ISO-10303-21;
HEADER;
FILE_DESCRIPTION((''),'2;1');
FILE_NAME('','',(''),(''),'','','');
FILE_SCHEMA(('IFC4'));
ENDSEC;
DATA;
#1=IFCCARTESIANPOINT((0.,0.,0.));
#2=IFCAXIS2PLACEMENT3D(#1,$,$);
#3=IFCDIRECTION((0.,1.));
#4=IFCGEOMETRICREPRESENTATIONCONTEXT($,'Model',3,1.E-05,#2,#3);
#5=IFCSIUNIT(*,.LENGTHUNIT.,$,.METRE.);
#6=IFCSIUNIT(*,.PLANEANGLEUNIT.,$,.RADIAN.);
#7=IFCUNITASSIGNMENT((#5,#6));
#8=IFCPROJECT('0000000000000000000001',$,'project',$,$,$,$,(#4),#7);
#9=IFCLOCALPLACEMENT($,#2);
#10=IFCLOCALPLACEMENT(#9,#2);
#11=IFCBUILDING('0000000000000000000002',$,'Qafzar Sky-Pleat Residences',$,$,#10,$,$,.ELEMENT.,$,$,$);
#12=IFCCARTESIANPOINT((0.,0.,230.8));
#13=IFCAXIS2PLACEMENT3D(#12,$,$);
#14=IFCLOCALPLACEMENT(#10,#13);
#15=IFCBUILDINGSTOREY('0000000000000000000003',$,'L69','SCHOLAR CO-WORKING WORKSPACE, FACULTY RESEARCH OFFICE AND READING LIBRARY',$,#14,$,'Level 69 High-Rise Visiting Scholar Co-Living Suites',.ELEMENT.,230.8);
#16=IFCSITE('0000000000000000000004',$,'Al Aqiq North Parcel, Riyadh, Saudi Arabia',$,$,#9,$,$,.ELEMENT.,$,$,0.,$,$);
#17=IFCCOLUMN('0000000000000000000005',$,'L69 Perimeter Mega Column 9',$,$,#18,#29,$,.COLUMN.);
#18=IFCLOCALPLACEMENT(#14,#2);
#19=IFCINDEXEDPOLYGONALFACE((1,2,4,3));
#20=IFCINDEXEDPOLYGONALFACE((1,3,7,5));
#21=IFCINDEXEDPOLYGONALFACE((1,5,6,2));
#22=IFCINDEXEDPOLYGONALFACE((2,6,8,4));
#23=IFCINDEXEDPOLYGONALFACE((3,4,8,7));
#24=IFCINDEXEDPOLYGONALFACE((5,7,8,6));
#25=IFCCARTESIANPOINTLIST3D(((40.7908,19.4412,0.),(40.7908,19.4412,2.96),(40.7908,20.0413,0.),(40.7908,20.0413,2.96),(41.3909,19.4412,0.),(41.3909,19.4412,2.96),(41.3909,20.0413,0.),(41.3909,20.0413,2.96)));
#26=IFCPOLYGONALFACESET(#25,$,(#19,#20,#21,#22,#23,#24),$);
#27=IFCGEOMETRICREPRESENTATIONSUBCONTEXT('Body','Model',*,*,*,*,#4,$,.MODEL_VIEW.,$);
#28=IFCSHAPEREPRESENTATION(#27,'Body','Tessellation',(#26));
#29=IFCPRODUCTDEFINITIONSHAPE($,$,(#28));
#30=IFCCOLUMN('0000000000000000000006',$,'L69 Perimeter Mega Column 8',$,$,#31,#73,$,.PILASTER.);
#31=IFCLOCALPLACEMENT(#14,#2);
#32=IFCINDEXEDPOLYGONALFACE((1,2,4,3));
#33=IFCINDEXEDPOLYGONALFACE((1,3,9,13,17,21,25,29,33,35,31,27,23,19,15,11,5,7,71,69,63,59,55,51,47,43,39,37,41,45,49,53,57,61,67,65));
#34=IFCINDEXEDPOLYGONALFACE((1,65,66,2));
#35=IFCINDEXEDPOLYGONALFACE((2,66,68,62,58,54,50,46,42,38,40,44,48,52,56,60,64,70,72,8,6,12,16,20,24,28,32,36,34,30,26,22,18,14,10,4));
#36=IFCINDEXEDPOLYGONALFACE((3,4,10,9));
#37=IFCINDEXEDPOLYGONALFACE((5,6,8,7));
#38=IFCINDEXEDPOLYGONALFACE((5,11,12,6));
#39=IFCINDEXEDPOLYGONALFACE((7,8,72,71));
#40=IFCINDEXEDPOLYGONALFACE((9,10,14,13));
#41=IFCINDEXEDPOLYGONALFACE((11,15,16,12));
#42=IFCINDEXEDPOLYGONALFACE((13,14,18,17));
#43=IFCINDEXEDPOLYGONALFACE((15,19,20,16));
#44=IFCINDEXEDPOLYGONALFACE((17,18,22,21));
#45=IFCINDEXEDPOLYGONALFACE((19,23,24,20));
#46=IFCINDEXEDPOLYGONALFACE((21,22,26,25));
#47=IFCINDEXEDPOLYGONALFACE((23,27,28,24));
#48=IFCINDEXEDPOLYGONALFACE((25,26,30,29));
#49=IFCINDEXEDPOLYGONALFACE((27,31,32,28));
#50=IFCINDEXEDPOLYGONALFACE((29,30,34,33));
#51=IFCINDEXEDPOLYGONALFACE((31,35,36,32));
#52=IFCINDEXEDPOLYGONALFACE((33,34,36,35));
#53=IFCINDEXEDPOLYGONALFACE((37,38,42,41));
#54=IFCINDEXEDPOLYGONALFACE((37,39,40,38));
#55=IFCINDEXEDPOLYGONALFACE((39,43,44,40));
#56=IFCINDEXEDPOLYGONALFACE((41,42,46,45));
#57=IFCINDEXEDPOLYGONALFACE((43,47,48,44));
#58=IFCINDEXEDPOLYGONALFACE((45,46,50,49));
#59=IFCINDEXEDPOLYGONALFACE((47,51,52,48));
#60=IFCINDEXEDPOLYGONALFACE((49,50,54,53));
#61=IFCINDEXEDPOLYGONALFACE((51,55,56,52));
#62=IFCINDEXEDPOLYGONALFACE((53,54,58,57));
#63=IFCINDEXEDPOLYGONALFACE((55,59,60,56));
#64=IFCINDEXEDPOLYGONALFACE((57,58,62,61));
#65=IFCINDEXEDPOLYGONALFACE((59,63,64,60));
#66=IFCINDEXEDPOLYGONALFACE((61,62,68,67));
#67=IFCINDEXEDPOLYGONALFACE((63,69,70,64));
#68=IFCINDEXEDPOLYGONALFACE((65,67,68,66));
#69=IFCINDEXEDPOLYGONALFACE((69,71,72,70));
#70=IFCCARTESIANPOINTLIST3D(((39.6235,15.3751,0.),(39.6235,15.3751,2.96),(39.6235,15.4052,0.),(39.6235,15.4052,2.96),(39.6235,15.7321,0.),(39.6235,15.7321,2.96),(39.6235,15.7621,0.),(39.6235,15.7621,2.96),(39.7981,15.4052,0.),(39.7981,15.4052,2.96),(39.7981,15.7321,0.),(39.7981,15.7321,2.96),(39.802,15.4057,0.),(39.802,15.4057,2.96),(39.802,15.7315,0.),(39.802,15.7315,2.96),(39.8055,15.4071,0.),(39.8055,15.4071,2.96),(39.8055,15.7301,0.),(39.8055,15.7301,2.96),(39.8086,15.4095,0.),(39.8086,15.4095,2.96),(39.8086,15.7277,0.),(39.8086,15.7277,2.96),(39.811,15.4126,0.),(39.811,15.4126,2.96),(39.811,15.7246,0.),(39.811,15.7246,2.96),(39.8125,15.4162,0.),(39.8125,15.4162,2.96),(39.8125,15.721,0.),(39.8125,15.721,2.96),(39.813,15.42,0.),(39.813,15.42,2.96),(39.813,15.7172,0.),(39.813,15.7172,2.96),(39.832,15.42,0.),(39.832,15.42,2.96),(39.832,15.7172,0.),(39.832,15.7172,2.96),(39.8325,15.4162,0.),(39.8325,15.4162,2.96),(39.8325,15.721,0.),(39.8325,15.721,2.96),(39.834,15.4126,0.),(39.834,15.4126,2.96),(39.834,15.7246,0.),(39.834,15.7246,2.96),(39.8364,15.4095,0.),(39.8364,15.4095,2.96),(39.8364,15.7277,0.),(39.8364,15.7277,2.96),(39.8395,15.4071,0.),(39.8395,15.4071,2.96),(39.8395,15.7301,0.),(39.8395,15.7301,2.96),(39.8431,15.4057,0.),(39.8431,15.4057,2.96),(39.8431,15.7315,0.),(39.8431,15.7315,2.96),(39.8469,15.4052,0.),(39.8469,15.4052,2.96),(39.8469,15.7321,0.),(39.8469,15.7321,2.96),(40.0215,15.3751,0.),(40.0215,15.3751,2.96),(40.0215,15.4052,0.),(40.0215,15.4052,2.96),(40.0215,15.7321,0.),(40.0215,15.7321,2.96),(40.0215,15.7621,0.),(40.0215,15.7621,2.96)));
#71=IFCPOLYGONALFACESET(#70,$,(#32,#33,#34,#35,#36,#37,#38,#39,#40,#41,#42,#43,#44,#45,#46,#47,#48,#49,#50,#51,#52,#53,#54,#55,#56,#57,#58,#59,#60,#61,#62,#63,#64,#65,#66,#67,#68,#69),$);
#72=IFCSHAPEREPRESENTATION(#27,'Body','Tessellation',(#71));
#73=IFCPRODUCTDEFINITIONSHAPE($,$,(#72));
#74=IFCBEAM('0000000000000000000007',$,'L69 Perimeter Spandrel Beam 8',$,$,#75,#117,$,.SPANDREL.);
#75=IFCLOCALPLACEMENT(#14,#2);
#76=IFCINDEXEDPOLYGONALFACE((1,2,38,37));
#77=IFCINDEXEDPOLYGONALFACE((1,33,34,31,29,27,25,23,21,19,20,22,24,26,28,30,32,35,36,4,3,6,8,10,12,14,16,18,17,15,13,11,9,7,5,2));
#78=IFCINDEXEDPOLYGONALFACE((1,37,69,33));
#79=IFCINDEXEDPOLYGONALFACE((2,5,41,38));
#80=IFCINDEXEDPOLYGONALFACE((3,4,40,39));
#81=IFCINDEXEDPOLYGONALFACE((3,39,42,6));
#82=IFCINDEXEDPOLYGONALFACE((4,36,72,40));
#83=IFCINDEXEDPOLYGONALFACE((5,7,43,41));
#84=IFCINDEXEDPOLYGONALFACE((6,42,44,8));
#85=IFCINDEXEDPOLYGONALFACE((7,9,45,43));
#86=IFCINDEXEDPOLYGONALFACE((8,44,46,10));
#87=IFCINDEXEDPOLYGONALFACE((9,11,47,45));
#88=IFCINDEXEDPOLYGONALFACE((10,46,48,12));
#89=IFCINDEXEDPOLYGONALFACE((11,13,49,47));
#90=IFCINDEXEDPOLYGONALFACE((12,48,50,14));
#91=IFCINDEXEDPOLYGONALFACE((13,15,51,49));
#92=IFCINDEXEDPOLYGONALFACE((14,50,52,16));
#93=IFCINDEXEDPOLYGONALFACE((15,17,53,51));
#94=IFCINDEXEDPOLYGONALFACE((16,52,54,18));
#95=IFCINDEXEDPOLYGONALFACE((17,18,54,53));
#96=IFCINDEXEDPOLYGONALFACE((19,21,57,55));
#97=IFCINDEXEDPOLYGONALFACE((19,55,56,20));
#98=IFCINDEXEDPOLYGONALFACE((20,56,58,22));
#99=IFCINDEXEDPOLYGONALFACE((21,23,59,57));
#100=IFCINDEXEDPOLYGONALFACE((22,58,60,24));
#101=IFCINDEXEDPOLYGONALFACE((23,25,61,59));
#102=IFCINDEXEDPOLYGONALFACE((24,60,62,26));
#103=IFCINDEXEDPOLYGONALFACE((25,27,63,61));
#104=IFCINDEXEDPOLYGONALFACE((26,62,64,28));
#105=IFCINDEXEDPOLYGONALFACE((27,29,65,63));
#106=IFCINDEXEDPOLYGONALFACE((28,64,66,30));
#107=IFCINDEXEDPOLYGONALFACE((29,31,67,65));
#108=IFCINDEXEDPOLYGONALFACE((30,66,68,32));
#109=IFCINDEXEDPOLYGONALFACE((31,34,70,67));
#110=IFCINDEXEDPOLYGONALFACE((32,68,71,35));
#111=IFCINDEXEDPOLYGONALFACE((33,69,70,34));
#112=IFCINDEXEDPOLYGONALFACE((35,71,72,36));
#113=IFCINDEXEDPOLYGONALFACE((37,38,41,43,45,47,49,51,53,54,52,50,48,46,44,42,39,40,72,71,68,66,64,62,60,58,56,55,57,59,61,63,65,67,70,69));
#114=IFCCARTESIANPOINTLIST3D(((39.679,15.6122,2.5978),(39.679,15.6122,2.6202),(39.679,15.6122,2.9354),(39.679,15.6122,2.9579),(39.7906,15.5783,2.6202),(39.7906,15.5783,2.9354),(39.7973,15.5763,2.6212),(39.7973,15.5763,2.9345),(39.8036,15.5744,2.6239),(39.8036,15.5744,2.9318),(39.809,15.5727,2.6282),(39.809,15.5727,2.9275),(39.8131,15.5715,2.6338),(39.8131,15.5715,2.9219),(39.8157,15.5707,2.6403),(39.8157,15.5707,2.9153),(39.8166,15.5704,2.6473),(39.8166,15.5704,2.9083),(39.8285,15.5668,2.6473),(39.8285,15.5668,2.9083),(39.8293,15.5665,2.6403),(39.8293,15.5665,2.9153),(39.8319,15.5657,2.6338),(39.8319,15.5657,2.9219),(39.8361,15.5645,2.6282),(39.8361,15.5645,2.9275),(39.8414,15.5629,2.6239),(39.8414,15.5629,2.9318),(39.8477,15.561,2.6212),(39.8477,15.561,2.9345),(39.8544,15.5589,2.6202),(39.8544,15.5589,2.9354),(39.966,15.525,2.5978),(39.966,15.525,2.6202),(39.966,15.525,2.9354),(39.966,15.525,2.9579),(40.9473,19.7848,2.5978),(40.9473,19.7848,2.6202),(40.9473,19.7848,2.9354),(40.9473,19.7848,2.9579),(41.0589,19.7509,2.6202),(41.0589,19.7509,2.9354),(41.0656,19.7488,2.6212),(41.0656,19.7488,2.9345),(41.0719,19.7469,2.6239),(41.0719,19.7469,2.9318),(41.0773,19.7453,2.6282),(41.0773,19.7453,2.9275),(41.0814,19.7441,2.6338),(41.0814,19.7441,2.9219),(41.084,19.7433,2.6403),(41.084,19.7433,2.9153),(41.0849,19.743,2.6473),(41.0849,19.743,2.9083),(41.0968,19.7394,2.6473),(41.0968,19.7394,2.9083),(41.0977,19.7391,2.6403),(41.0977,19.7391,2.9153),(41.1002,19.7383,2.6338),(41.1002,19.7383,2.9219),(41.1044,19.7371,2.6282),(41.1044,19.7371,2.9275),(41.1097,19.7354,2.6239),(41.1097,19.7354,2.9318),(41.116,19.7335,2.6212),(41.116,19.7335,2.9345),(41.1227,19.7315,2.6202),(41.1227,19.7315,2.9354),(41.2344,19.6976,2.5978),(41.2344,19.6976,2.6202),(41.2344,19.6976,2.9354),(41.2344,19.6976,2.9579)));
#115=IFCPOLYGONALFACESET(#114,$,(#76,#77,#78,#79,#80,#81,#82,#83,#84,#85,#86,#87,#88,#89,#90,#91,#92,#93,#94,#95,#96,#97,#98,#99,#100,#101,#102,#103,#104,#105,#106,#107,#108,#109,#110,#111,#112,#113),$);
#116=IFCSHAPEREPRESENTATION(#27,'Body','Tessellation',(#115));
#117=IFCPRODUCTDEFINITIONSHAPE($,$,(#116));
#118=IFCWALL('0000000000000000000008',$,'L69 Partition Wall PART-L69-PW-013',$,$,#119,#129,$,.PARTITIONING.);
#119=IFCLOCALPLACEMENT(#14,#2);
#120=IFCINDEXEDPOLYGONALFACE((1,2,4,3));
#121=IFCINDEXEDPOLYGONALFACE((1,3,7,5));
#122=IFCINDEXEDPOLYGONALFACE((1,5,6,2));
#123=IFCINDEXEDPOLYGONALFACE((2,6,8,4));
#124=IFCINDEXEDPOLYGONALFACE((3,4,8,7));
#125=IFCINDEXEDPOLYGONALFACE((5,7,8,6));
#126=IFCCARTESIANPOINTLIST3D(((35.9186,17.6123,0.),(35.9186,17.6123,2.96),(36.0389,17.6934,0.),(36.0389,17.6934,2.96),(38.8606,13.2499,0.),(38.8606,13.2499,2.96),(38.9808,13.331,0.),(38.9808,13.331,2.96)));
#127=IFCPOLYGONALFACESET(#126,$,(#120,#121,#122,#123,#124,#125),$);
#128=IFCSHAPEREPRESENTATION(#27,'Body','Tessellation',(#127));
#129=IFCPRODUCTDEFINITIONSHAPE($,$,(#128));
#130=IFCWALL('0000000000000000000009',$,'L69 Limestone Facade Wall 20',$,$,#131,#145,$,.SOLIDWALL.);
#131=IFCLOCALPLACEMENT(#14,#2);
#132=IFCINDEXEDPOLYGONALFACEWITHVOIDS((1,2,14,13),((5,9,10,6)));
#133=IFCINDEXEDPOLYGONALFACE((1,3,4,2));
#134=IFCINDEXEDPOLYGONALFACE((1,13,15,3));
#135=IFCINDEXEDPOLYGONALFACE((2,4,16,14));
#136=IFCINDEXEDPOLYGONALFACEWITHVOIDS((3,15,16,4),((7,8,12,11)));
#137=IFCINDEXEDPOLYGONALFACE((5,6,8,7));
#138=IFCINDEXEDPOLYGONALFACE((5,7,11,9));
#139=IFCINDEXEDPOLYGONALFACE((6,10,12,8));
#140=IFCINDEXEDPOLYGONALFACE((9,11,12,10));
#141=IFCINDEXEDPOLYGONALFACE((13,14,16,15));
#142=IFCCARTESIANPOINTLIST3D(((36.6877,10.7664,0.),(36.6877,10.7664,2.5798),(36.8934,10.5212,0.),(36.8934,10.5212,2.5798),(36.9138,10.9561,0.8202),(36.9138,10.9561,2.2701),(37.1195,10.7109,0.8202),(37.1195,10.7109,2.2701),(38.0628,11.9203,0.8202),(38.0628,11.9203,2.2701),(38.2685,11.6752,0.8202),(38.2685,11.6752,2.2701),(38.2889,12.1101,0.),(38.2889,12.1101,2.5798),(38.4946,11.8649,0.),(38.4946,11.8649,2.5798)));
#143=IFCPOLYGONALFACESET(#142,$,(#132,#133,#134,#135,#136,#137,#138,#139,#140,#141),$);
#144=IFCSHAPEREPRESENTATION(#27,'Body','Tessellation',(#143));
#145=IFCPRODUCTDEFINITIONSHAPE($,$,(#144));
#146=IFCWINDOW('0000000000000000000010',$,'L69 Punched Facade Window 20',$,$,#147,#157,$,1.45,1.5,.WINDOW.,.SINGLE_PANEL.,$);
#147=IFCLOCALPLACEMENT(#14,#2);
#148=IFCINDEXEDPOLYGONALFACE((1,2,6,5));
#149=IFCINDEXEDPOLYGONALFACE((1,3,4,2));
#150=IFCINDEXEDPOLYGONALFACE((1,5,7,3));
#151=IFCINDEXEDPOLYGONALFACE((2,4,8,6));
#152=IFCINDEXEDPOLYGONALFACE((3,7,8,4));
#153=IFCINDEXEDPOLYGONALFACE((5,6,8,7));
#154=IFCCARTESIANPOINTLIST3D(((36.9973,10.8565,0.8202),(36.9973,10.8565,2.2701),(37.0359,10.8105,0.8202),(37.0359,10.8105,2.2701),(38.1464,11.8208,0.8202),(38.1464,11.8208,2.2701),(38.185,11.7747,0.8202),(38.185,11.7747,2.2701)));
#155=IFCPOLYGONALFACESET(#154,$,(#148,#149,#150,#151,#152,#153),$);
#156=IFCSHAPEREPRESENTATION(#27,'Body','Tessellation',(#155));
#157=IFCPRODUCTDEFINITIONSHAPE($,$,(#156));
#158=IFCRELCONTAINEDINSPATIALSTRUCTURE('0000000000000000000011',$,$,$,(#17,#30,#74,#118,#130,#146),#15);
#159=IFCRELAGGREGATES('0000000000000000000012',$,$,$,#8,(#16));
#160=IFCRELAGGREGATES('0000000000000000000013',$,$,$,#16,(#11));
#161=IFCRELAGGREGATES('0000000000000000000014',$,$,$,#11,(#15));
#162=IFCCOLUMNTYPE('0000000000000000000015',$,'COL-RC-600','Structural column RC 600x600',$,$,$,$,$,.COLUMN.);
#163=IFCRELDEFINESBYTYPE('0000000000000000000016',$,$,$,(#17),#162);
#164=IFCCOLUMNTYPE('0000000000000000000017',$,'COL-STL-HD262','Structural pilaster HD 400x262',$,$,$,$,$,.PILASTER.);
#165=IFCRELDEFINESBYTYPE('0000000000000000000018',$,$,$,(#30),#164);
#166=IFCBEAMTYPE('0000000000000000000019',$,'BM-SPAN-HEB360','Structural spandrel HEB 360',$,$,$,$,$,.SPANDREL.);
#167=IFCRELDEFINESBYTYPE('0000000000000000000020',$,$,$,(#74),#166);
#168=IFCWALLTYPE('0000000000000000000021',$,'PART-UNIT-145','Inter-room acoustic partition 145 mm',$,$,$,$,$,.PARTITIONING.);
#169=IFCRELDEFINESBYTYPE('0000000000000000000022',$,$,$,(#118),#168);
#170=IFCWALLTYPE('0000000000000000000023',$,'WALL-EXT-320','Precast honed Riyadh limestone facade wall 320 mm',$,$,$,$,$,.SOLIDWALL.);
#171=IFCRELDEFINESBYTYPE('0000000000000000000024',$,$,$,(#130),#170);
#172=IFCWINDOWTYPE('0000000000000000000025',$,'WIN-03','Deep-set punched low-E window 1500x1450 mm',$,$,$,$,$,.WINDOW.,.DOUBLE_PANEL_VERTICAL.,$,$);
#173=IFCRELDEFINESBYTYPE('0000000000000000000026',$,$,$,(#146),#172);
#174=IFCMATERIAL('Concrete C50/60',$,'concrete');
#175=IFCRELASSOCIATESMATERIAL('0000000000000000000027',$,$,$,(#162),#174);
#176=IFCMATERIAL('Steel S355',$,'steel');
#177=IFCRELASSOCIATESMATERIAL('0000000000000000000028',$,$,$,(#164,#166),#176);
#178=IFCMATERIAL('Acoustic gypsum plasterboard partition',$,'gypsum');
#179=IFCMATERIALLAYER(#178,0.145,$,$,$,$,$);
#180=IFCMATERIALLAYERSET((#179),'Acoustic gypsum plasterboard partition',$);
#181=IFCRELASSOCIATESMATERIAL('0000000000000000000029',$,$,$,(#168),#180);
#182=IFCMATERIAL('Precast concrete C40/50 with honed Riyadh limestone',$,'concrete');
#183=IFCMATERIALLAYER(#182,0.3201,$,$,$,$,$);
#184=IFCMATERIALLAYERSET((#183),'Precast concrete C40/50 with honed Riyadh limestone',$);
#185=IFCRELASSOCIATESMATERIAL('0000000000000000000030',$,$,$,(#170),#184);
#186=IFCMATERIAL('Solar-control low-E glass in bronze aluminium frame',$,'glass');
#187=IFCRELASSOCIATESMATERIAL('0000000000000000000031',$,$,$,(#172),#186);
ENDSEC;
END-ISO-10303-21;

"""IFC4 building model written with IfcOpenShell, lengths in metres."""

from ifc_helpers import new_model, si_unit, direction, frame, frame_2d, origin, origin_2d, place, context, subcontext, project, spatial, rectangle, i_section, extrude, source, transform, mapped, material, layer, layer_set, material_profile, profile_set, type_object, element, fill, save


model = new_model("IFC4")

# Units and contexts
model_context = context("Model", 3, precision=1e-05, world=origin(), true_north=direction((0.0, 1.0)))
body_context = subcontext(model_context, "Body", "Model", "MODEL_VIEW")
ifc_project = project(units=[si_unit("LENGTHUNIT", "METRE"), si_unit("PLANEANGLEUNIT", "RADIAN")], contexts=[model_context])

# Site, building, storey
site_placement = place(None, origin())
site = spatial("IfcSite", under=ifc_project, at=site_placement, Name="Al Aqiq North Parcel, Riyadh, Saudi Arabia", CompositionType="ELEMENT", RefElevation=0.0)
building_placement = place(site_placement, origin())
building = spatial("IfcBuilding", under=site, at=building_placement, Name="Qafzar Sky-Pleat Residences", CompositionType="ELEMENT")
storey_placement = place(building_placement, frame((0.0, 0.0, 230.8)))
storey = spatial("IfcBuildingStorey", under=building, at=storey_placement, Name="L69", Description="SCHOLAR CO-WORKING WORKSPACE, FACULTY RESEARCH OFFICE AND READING LIBRARY", LongName="Level 69 High-Rise Visiting Scholar Co-Living Suites", CompositionType="ELEMENT", Elevation=230.8)

# Columns
ifc_material_1 = material(Name="Concrete C50/60", Category="concrete")
ifc_material_profile_1 = material_profile(ifc_material_1, rectangle(XDim=0.6001, YDim=0.6001, at=origin_2d()), Name="RC 600x600")
ifc_profile_set_1 = profile_set([ifc_material_profile_1], Name="Concrete C50/60")
column_type_1 = type_object("IfcColumnType", Name="COL-RC-600", Description="Structural column RC 600x600", PredefinedType="COLUMN", material=ifc_profile_set_1)
shared_shape_1 = source(origin(), body_context, "Body", "SweptSolid", [
    extrude(rectangle(XDim=0.6001, YDim=0.6001, at=origin_2d()), origin(), (0.0, 0.0, 1.0), 2.96),
])
column_1_placement = place(storey_placement, frame((41.0908, 19.7412, 0.0), z_axis=(0.0, 0.0, 1.0), x_axis=(1.0, 0.0, 0.0)))
element("IfcColumn", 1, at=column_1_placement, inside=storey, type_object=column_type_1, Name="L69 Perimeter Mega Column 9", PredefinedType="COLUMN", context=body_context, shape_type="MappedRepresentation", body=[
    mapped(shared_shape_1, transform((0.0, 0.0, 0.0), x_axis=(1.0, 0.0, 0.0), y_axis=(0.0, 1.0, 0.0), z_axis=(0.0, 0.0, 1.0), scale=1.0)),
])
ifc_material_2 = material(Name="Steel S355", Category="steel")
ifc_material_profile_2 = material_profile(ifc_material_2, i_section(OverallWidth=0.3979, OverallDepth=0.387, WebThickness=0.019, FlangeThickness=0.03, FilletRadius=0.0149, at=origin_2d()), Name="HD 400x262")
ifc_profile_set_2 = profile_set([ifc_material_profile_2], Name="Steel S355")
column_type_2 = type_object("IfcColumnType", Name="COL-STL-HD262", Description="Structural pilaster HD 400x262", PredefinedType="PILASTER", material=ifc_profile_set_2)
shared_shape_2 = source(origin(), body_context, "Body", "SweptSolid", [
    extrude(i_section(OverallWidth=0.3979, OverallDepth=0.387, WebThickness=0.019, FlangeThickness=0.03, FilletRadius=0.0149, at=origin_2d()), origin(), (0.0, 0.0, 1.0), 2.96),
])
column_2_placement = place(storey_placement, frame((39.8225, 15.5686, 0.0), z_axis=(0.0, 0.0, 1.0), x_axis=(1.0, 0.0, 0.0)))
element("IfcColumn", 2, at=column_2_placement, inside=storey, type_object=column_type_2, Name="L69 Perimeter Mega Column 8", PredefinedType="PILASTER", context=body_context, shape_type="MappedRepresentation", body=[
    mapped(shared_shape_2, transform((0.0, 0.0, 0.0), x_axis=(1.0, 0.0, 0.0), y_axis=(0.0, 1.0, 0.0), z_axis=(0.0, 0.0, 1.0), scale=1.0)),
])

# Beam
ifc_material_profile_3 = material_profile(ifc_material_2, i_section(OverallWidth=0.3, OverallDepth=0.3601, WebThickness=0.0125, FlangeThickness=0.0225, FilletRadius=0.0271, at=origin_2d()), Name="HEB 360")
ifc_profile_set_3 = profile_set([ifc_material_profile_3], Name="Steel S355")
beam_type = type_object("IfcBeamType", Name="BM-SPAN-HEB360", Description="Structural spandrel HEB 360", PredefinedType="SPANDREL", material=ifc_profile_set_3)
shared_shape_3 = source(origin(), body_context, "Body", "SweptSolid", [
    extrude(i_section(OverallWidth=0.3, OverallDepth=0.3601, WebThickness=0.0125, FlangeThickness=0.0225, FilletRadius=0.0271, at=origin_2d()), origin(), (0.0, 0.0, 1.0), 4.3611),
])
beam_placement = place(storey_placement, frame((39.8225, 15.5686, 2.7778), z_axis=(0.290823, 0.956777, 0.0), x_axis=(-0.956777, 0.290823, 0.0)))
element("IfcBeam", 3, at=beam_placement, inside=storey, type_object=beam_type, Name="L69 Perimeter Spandrel Beam 8", PredefinedType="SPANDREL", context=body_context, shape_type="MappedRepresentation", body=[
    mapped(shared_shape_3, transform((0.0, 0.0, 0.0), x_axis=(1.0, 0.0, 0.0), y_axis=(0.0, 1.0, 0.0), z_axis=(0.0, 0.0, 1.0), scale=1.0)),
])

# Wall
ifc_material_3 = material(Name="Acoustic gypsum plasterboard partition", Category="gypsum")
ifc_layer_1 = layer(ifc_material_3, 0.145)
ifc_layer_set_1 = layer_set([ifc_layer_1], Name="Acoustic gypsum plasterboard partition")
wall_type_1 = type_object("IfcWallType", Name="PART-UNIT-145", Description="Inter-room acoustic partition 145 mm", PredefinedType="PARTITIONING", material=ifc_layer_set_1)
wall_1_placement = place(storey_placement, frame((35.9788, 17.6528, 0.0), z_axis=(0.0, 0.0, 1.0), x_axis=(0.559125, -0.829083, 0.0)))
element("IfcWall", 4, at=wall_1_placement, inside=storey, type_object=wall_type_1, Name="L69 Partition Wall PART-L69-PW-013", PredefinedType="PARTITIONING", context=body_context, shape_type="SweptSolid", body=[
    extrude(rectangle(XDim=5.2617, YDim=0.145, at=frame_2d((2.6309, 0.0))), origin(), (0.0, 0.0, 1.0), 2.96),
])

# Wall, opening, window
ifc_material_4 = material(Name="Precast concrete C40/50 with honed Riyadh limestone", Category="concrete")
ifc_layer_2 = layer(ifc_material_4, 0.3201)
ifc_layer_set_2 = layer_set([ifc_layer_2], Name="Precast concrete C40/50 with honed Riyadh limestone")
wall_type_2 = type_object("IfcWallType", Name="WALL-EXT-320", Description="Precast honed Riyadh limestone facade wall 320 mm", PredefinedType="SOLIDWALL", material=ifc_layer_set_2)
wall_2_placement = place(storey_placement, frame((36.7905, 10.6438, 0.0), z_axis=(0.0, 0.0, 1.0), x_axis=(0.766025, 0.642811, 0.0)))
wall_2 = element("IfcWall", 5, at=wall_2_placement, inside=storey, type_object=wall_type_2, Name="L69 Limestone Facade Wall 20", PredefinedType="SOLIDWALL", context=body_context, shape_type="SweptSolid", body=[
    extrude(rectangle(XDim=2.0903, YDim=0.3201, at=frame_2d((1.0452, 0.0))), origin(), (0.0, 0.0, 1.0), 2.5798),
])
opening_1_placement = place(wall_2_placement, frame((0.2952, 0.0, 0.8201)))
opening_1 = element("IfcOpeningElement", 6, at=opening_1_placement, cuts=wall_2, PredefinedType="OPENING", context=body_context, shape_type="SweptSolid", body=[
    extrude(rectangle(XDim=1.5, YDim=1.45, at=frame_2d((0.75, 0.7251))), frame((0.0, 0.1699, 0.0), z_axis=(0.0, -1.0, 0.0), x_axis=(1.0, 0.0, 0.0)), (0.0, 0.0, 1.0), 0.3401),
])
ifc_material_5 = material(Name="Solar-control low-E glass in bronze aluminium frame", Category="glass")
window_type_1 = type_object("IfcWindowType", Name="WIN-03", Description="Deep-set punched low-E window 1500x1450 mm", PartitioningType="DOUBLE_PANEL_VERTICAL", PredefinedType="WINDOW", material=ifc_material_5)
shared_shape_4 = source(origin(), body_context, "Body", "SweptSolid", [
    extrude(rectangle(XDim=1.5, YDim=1.45, at=frame_2d((0.75, 0.7251))), frame((0.0, 0.03, 0.0), z_axis=(0.0, -1.0, 0.0), x_axis=(1.0, 0.0, 0.0)), (0.0, 0.0, 1.0), 0.0601),
])
window_1_placement = place(opening_1_placement, origin())
window_1 = element("IfcWindow", 7, at=window_1_placement, inside=storey, type_object=window_type_1, Name="L69 Punched Facade Window 20", OverallHeight=1.45, OverallWidth=1.5, PartitioningType="SINGLE_PANEL", PredefinedType="WINDOW", context=body_context, shape_type="MappedRepresentation", body=[
    mapped(shared_shape_4, transform((0.0, 0.0, 0.0), x_axis=(1.0, 0.0, 0.0), y_axis=(0.0, 1.0, 0.0), z_axis=(0.0, 0.0, 1.0), scale=1.0)),
])
fill(opening_1, window_1)

save(model, "model.ifc")
